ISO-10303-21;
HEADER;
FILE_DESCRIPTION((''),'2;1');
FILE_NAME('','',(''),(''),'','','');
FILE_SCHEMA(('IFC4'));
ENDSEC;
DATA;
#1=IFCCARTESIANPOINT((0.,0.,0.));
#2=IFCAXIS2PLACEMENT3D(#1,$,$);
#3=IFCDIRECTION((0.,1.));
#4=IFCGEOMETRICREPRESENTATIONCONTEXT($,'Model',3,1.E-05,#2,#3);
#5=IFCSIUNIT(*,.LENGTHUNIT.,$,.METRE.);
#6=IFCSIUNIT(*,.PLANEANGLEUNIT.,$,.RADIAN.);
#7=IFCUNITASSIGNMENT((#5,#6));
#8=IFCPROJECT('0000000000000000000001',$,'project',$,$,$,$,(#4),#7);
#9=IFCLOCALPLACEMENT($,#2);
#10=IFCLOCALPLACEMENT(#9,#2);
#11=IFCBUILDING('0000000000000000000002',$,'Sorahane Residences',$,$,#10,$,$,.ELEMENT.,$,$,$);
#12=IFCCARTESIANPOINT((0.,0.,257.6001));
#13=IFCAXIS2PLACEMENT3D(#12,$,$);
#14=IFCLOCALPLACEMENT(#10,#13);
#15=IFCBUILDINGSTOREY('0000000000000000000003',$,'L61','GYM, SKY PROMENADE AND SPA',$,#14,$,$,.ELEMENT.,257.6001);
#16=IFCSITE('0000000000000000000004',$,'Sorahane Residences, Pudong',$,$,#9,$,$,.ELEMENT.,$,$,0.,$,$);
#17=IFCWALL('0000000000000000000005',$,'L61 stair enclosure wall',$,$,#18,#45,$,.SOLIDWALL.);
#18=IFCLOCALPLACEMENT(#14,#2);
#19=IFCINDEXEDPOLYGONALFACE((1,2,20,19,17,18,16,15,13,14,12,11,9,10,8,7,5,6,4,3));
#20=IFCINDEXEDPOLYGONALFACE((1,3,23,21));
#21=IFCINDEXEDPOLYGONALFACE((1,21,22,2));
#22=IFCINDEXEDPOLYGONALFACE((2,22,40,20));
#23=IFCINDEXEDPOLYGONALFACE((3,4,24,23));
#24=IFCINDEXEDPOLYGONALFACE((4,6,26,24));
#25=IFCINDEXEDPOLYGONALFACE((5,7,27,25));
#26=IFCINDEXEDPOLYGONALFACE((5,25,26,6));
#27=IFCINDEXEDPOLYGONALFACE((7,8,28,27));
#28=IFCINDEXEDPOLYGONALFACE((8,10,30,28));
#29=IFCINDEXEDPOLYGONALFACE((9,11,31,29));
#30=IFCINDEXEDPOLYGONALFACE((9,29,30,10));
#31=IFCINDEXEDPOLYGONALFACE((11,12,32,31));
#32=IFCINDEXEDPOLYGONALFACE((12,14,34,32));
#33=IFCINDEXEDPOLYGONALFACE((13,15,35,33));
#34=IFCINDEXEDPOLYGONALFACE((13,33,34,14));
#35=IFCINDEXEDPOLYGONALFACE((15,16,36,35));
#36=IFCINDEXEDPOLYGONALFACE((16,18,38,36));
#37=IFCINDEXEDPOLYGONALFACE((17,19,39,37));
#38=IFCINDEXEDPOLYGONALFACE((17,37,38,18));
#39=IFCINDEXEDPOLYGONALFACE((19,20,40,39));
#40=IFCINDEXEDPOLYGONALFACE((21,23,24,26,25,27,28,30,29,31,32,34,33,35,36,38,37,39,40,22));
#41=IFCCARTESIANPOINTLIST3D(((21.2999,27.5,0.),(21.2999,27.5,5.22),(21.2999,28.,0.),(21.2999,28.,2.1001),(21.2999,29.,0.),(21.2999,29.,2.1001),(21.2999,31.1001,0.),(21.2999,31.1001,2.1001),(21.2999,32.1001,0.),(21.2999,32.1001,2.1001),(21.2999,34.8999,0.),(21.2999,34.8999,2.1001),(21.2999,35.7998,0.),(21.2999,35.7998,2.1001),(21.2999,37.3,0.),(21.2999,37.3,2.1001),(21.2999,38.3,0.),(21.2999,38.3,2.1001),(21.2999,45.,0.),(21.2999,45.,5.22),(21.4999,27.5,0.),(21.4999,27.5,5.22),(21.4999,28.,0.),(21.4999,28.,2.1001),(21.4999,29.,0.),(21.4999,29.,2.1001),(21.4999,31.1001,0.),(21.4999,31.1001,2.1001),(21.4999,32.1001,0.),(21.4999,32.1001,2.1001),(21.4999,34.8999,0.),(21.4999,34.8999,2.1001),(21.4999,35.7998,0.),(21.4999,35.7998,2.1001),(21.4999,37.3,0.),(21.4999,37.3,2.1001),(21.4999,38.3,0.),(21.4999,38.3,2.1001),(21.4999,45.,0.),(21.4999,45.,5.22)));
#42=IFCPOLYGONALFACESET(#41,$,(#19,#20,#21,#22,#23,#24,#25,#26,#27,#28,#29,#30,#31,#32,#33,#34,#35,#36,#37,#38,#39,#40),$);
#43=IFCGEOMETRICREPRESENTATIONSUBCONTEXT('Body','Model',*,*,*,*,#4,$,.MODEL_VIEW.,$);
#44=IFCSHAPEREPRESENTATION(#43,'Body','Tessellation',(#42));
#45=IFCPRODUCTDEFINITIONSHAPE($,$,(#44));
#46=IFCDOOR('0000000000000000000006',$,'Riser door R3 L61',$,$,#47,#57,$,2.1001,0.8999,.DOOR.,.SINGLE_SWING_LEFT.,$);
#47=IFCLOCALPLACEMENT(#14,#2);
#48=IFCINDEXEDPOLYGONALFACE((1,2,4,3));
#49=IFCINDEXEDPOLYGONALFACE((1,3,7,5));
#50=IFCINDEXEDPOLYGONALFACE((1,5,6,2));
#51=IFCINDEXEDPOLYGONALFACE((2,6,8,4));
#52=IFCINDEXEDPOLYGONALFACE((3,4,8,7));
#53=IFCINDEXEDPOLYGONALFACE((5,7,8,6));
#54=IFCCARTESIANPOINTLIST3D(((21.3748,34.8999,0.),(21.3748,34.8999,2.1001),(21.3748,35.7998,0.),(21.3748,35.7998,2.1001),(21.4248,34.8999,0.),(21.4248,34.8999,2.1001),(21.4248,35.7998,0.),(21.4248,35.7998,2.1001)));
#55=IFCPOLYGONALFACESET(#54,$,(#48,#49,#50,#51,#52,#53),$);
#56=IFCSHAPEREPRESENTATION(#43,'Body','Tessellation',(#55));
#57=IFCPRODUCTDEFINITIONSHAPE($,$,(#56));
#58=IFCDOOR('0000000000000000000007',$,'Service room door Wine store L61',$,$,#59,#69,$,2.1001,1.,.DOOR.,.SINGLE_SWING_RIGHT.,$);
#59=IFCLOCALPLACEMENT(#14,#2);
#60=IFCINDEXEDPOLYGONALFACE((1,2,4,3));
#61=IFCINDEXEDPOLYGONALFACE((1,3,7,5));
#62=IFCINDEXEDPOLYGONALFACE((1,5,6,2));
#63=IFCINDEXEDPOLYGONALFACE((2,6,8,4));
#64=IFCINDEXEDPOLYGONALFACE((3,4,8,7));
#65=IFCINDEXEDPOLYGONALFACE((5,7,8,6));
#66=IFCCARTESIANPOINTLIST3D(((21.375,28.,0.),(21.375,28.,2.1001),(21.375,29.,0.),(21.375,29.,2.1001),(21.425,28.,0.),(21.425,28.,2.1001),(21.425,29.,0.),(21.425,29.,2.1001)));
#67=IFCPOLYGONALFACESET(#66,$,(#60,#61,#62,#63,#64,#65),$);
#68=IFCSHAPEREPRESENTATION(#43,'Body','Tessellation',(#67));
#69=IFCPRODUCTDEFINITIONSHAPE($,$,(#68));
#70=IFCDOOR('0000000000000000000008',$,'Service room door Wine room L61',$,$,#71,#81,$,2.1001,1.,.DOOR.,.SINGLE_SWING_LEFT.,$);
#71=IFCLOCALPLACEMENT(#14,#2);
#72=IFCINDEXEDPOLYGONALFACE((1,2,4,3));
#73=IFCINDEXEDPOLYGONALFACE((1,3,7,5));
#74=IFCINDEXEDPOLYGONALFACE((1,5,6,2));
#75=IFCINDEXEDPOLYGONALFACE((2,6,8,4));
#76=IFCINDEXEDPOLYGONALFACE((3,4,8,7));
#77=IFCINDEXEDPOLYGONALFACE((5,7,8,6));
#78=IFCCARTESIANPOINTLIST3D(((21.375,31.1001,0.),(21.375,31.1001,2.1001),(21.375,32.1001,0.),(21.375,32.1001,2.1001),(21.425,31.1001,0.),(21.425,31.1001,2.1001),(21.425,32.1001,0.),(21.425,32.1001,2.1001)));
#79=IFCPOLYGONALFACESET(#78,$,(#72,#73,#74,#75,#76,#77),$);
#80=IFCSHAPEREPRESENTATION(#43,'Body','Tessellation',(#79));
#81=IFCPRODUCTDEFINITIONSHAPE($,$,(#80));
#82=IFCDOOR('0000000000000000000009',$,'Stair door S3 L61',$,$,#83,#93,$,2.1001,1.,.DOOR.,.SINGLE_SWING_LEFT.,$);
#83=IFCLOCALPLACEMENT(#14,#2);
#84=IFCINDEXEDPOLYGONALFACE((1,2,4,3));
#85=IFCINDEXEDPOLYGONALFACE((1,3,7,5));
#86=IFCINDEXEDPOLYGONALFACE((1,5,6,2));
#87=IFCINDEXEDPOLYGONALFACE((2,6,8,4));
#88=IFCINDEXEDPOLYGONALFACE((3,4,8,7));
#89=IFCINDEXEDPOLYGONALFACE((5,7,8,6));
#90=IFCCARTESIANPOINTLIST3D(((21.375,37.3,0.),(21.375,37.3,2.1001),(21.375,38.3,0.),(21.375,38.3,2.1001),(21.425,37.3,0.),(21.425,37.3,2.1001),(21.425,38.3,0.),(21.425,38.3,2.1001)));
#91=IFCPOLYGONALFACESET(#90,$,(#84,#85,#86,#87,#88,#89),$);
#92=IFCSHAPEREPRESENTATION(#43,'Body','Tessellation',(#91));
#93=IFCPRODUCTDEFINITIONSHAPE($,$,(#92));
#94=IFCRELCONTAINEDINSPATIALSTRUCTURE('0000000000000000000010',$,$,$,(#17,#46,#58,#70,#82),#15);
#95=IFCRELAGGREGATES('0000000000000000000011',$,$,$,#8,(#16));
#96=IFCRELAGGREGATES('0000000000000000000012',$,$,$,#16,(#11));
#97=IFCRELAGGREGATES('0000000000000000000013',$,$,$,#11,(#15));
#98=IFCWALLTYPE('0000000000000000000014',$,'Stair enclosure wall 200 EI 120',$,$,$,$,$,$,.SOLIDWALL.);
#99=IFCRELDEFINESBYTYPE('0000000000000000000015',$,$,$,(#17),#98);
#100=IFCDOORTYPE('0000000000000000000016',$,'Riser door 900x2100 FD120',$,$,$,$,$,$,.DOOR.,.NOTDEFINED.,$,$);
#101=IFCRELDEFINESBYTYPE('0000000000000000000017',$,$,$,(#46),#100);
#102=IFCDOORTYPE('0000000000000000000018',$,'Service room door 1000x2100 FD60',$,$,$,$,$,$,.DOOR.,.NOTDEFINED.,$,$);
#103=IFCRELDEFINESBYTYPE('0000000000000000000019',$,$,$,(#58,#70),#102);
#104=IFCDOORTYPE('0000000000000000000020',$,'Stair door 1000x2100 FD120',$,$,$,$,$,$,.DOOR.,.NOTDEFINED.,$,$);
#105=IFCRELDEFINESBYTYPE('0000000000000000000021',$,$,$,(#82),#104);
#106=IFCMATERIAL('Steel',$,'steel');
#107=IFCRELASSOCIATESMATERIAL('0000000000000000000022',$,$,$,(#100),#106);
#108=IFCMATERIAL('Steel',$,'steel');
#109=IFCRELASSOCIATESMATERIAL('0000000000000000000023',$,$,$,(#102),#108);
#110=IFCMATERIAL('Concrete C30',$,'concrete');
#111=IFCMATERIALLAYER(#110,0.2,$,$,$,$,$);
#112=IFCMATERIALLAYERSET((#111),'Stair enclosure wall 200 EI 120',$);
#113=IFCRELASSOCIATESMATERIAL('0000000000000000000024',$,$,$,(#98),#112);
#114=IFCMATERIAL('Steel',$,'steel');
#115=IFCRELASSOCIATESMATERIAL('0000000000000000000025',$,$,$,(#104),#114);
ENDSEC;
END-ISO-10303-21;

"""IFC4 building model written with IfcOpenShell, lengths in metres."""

from ifc_helpers import new_model, si_unit, direction, frame, frame_2d, origin, place, context, subcontext, project, spatial, rectangle, extrude, material, layer, layer_set, type_object, element, fill, save


model = new_model("IFC4")

# Units and contexts
model_context = context("Model", 3, precision=1e-05, world=origin(), true_north=direction((0.0, 1.0)))
body_context = subcontext(model_context, "Body", "Model", "MODEL_VIEW")
ifc_project = project(units=[si_unit("LENGTHUNIT", "METRE"), si_unit("PLANEANGLEUNIT", "RADIAN")], contexts=[model_context])

# Site, building, storey
site_placement = place(None, origin())
site = spatial("IfcSite", under=ifc_project, at=site_placement, Name="Sorahane Residences, Pudong", CompositionType="ELEMENT", RefElevation=0.0)
building_placement = place(site_placement, origin())
building = spatial("IfcBuilding", under=site, at=building_placement, Name="Sorahane Residences", CompositionType="ELEMENT")
storey_placement = place(building_placement, frame((0.0, 0.0, 257.6001)))
storey = spatial("IfcBuildingStorey", under=building, at=storey_placement, Name="L61", Description="GYM, SKY PROMENADE AND SPA", CompositionType="ELEMENT", Elevation=257.6001)

# Shared definitions
ifc_material_1 = material(Name="Steel", Category="steel")
door_type_1 = type_object("IfcDoorType", Name="Riser door 900x2100 FD120", OperationType="NOTDEFINED", PredefinedType="DOOR", material=ifc_material_1)
ifc_material_2 = material(Name="Steel", Category="steel")
door_type_2 = type_object("IfcDoorType", Name="Service room door 1000x2100 FD60", OperationType="NOTDEFINED", PredefinedType="DOOR", material=ifc_material_2)

# Wall, openings, doors
ifc_material_3 = material(Name="Concrete C30", Category="concrete")
ifc_layer_1 = layer(ifc_material_3, 0.2)
ifc_layer_set_1 = layer_set([ifc_layer_1], Name="Stair enclosure wall 200 EI 120")
wall_type_1 = type_object("IfcWallType", Name="Stair enclosure wall 200 EI 120", PredefinedType="SOLIDWALL", material=ifc_layer_set_1)
wall_1_placement = place(storey_placement, frame((21.3999, 27.5, 0.0), z_axis=(0.0, 0.0, 1.0), x_axis=(0.0, 1.0, 0.0)))
wall_1 = element("IfcWall", 1, at=wall_1_placement, inside=storey, type_object=wall_type_1, Name="L61 stair enclosure wall", PredefinedType="SOLIDWALL", context=body_context, shape_type="SweptSolid", body=[
    extrude(rectangle(XDim=17.5, YDim=0.2, at=frame_2d((8.75, 0.0))), origin(), (0.0, 0.0, 1.0), 5.22),
])
opening_1_placement = place(wall_1_placement, frame((0.5, 0.0, 0.0)))
opening_1 = element("IfcOpeningElement", 2, at=opening_1_placement, cuts=wall_1, PredefinedType="OPENING", context=body_context, shape_type="SweptSolid", body=[
    extrude(rectangle(XDim=1.0, YDim=2.1001, at=frame_2d((0.5, 1.05))), frame((0.0, 0.1099, 0.0), z_axis=(0.0, -1.0, 0.0), x_axis=(1.0, 0.0, 0.0)), (0.0, 0.0, 1.0), 0.22),
])
opening_2_placement = place(wall_1_placement, frame((3.6001, 0.0, 0.0)))
opening_2 = element("IfcOpeningElement", 3, at=opening_2_placement, cuts=wall_1, PredefinedType="OPENING", context=body_context, shape_type="SweptSolid", body=[
    extrude(rectangle(XDim=1.0, YDim=2.1001, at=frame_2d((0.5, 1.05))), frame((0.0, 0.1099, 0.0), z_axis=(0.0, -1.0, 0.0), x_axis=(1.0, 0.0, 0.0)), (0.0, 0.0, 1.0), 0.22),
])
opening_3_placement = place(wall_1_placement, frame((9.8, 0.0, 0.0)))
opening_3 = element("IfcOpeningElement", 4, at=opening_3_placement, cuts=wall_1, PredefinedType="OPENING", context=body_context, shape_type="SweptSolid", body=[
    extrude(rectangle(XDim=1.0, YDim=2.1001, at=frame_2d((0.5, 1.05))), frame((0.0, 0.1099, 0.0), z_axis=(0.0, -1.0, 0.0), x_axis=(1.0, 0.0, 0.0)), (0.0, 0.0, 1.0), 0.22),
])
opening_4_placement = place(wall_1_placement, frame((7.3999, 0.0, 0.0)))
opening_4 = element("IfcOpeningElement", 5, at=opening_4_placement, cuts=wall_1, PredefinedType="OPENING", context=body_context, shape_type="SweptSolid", body=[
    extrude(rectangle(XDim=0.8999, YDim=2.1001, at=frame_2d((0.45, 1.05))), frame((0.0, 0.1099, 0.0), z_axis=(0.0, -1.0, 0.0), x_axis=(1.0, 0.0, 0.0)), (0.0, 0.0, 1.0), 0.22),
])
door_1_placement = place(opening_4_placement, frame((0.8999, 0.0, 0.0), z_axis=(0.0, 0.0, 1.0), x_axis=(-1.0, 0.0, 0.0)))
door_1 = element("IfcDoor", 6, at=door_1_placement, inside=storey, type_object=door_type_1, Name="Riser door R3 L61", OperationType="SINGLE_SWING_LEFT", OverallHeight=2.1001, OverallWidth=0.8999, PredefinedType="DOOR", context=body_context, shape_type="SweptSolid", body=[
    extrude(rectangle(XDim=0.8999, YDim=2.1001, at=frame_2d((0.45, 1.05))), frame((0.0, 0.0249, 0.0), z_axis=(0.0, -1.0, 0.0), x_axis=(1.0, 0.0, 0.0)), (0.0, 0.0, 1.0), 0.05),
])
fill(opening_4, door_1)
door_2_placement = place(opening_1_placement, origin())
door_2 = element("IfcDoor", 7, at=door_2_placement, inside=storey, type_object=door_type_2, Name="Service room door Wine store L61", OperationType="SINGLE_SWING_RIGHT", OverallHeight=2.1001, OverallWidth=1.0, PredefinedType="DOOR", context=body_context, shape_type="SweptSolid", body=[
    extrude(rectangle(XDim=1.0, YDim=2.1001, at=frame_2d((0.5, 1.05))), frame((0.0, 0.0249, 0.0), z_axis=(0.0, -1.0, 0.0), x_axis=(1.0, 0.0, 0.0)), (0.0, 0.0, 1.0), 0.05),
])
fill(opening_1, door_2)
door_3_placement = place(opening_2_placement, origin())
door_3 = element("IfcDoor", 8, at=door_3_placement, inside=storey, type_object=door_type_2, Name="Service room door Wine room L61", OperationType="SINGLE_SWING_LEFT", OverallHeight=2.1001, OverallWidth=1.0, PredefinedType="DOOR", context=body_context, shape_type="SweptSolid", body=[
    extrude(rectangle(XDim=1.0, YDim=2.1001, at=frame_2d((0.5, 1.05))), frame((0.0, 0.0249, 0.0), z_axis=(0.0, -1.0, 0.0), x_axis=(1.0, 0.0, 0.0)), (0.0, 0.0, 1.0), 0.05),
])
fill(opening_2, door_3)
ifc_material_4 = material(Name="Steel", Category="steel")
door_type_3 = type_object("IfcDoorType", Name="Stair door 1000x2100 FD120", OperationType="NOTDEFINED", PredefinedType="DOOR", material=ifc_material_4)
door_4_placement = place(opening_3_placement, origin())
door_4 = element("IfcDoor", 9, at=door_4_placement, inside=storey, type_object=door_type_3, Name="Stair door S3 L61", OperationType="SINGLE_SWING_LEFT", OverallHeight=2.1001, OverallWidth=1.0, PredefinedType="DOOR", context=body_context, shape_type="SweptSolid", body=[
    extrude(rectangle(XDim=1.0, YDim=2.1001, at=frame_2d((0.5, 1.05))), frame((0.0, 0.0249, 0.0), z_axis=(0.0, -1.0, 0.0), x_axis=(1.0, 0.0, 0.0)), (0.0, 0.0, 1.0), 0.05),
])
fill(opening_3, door_4)

save(model, "model.ifc")
